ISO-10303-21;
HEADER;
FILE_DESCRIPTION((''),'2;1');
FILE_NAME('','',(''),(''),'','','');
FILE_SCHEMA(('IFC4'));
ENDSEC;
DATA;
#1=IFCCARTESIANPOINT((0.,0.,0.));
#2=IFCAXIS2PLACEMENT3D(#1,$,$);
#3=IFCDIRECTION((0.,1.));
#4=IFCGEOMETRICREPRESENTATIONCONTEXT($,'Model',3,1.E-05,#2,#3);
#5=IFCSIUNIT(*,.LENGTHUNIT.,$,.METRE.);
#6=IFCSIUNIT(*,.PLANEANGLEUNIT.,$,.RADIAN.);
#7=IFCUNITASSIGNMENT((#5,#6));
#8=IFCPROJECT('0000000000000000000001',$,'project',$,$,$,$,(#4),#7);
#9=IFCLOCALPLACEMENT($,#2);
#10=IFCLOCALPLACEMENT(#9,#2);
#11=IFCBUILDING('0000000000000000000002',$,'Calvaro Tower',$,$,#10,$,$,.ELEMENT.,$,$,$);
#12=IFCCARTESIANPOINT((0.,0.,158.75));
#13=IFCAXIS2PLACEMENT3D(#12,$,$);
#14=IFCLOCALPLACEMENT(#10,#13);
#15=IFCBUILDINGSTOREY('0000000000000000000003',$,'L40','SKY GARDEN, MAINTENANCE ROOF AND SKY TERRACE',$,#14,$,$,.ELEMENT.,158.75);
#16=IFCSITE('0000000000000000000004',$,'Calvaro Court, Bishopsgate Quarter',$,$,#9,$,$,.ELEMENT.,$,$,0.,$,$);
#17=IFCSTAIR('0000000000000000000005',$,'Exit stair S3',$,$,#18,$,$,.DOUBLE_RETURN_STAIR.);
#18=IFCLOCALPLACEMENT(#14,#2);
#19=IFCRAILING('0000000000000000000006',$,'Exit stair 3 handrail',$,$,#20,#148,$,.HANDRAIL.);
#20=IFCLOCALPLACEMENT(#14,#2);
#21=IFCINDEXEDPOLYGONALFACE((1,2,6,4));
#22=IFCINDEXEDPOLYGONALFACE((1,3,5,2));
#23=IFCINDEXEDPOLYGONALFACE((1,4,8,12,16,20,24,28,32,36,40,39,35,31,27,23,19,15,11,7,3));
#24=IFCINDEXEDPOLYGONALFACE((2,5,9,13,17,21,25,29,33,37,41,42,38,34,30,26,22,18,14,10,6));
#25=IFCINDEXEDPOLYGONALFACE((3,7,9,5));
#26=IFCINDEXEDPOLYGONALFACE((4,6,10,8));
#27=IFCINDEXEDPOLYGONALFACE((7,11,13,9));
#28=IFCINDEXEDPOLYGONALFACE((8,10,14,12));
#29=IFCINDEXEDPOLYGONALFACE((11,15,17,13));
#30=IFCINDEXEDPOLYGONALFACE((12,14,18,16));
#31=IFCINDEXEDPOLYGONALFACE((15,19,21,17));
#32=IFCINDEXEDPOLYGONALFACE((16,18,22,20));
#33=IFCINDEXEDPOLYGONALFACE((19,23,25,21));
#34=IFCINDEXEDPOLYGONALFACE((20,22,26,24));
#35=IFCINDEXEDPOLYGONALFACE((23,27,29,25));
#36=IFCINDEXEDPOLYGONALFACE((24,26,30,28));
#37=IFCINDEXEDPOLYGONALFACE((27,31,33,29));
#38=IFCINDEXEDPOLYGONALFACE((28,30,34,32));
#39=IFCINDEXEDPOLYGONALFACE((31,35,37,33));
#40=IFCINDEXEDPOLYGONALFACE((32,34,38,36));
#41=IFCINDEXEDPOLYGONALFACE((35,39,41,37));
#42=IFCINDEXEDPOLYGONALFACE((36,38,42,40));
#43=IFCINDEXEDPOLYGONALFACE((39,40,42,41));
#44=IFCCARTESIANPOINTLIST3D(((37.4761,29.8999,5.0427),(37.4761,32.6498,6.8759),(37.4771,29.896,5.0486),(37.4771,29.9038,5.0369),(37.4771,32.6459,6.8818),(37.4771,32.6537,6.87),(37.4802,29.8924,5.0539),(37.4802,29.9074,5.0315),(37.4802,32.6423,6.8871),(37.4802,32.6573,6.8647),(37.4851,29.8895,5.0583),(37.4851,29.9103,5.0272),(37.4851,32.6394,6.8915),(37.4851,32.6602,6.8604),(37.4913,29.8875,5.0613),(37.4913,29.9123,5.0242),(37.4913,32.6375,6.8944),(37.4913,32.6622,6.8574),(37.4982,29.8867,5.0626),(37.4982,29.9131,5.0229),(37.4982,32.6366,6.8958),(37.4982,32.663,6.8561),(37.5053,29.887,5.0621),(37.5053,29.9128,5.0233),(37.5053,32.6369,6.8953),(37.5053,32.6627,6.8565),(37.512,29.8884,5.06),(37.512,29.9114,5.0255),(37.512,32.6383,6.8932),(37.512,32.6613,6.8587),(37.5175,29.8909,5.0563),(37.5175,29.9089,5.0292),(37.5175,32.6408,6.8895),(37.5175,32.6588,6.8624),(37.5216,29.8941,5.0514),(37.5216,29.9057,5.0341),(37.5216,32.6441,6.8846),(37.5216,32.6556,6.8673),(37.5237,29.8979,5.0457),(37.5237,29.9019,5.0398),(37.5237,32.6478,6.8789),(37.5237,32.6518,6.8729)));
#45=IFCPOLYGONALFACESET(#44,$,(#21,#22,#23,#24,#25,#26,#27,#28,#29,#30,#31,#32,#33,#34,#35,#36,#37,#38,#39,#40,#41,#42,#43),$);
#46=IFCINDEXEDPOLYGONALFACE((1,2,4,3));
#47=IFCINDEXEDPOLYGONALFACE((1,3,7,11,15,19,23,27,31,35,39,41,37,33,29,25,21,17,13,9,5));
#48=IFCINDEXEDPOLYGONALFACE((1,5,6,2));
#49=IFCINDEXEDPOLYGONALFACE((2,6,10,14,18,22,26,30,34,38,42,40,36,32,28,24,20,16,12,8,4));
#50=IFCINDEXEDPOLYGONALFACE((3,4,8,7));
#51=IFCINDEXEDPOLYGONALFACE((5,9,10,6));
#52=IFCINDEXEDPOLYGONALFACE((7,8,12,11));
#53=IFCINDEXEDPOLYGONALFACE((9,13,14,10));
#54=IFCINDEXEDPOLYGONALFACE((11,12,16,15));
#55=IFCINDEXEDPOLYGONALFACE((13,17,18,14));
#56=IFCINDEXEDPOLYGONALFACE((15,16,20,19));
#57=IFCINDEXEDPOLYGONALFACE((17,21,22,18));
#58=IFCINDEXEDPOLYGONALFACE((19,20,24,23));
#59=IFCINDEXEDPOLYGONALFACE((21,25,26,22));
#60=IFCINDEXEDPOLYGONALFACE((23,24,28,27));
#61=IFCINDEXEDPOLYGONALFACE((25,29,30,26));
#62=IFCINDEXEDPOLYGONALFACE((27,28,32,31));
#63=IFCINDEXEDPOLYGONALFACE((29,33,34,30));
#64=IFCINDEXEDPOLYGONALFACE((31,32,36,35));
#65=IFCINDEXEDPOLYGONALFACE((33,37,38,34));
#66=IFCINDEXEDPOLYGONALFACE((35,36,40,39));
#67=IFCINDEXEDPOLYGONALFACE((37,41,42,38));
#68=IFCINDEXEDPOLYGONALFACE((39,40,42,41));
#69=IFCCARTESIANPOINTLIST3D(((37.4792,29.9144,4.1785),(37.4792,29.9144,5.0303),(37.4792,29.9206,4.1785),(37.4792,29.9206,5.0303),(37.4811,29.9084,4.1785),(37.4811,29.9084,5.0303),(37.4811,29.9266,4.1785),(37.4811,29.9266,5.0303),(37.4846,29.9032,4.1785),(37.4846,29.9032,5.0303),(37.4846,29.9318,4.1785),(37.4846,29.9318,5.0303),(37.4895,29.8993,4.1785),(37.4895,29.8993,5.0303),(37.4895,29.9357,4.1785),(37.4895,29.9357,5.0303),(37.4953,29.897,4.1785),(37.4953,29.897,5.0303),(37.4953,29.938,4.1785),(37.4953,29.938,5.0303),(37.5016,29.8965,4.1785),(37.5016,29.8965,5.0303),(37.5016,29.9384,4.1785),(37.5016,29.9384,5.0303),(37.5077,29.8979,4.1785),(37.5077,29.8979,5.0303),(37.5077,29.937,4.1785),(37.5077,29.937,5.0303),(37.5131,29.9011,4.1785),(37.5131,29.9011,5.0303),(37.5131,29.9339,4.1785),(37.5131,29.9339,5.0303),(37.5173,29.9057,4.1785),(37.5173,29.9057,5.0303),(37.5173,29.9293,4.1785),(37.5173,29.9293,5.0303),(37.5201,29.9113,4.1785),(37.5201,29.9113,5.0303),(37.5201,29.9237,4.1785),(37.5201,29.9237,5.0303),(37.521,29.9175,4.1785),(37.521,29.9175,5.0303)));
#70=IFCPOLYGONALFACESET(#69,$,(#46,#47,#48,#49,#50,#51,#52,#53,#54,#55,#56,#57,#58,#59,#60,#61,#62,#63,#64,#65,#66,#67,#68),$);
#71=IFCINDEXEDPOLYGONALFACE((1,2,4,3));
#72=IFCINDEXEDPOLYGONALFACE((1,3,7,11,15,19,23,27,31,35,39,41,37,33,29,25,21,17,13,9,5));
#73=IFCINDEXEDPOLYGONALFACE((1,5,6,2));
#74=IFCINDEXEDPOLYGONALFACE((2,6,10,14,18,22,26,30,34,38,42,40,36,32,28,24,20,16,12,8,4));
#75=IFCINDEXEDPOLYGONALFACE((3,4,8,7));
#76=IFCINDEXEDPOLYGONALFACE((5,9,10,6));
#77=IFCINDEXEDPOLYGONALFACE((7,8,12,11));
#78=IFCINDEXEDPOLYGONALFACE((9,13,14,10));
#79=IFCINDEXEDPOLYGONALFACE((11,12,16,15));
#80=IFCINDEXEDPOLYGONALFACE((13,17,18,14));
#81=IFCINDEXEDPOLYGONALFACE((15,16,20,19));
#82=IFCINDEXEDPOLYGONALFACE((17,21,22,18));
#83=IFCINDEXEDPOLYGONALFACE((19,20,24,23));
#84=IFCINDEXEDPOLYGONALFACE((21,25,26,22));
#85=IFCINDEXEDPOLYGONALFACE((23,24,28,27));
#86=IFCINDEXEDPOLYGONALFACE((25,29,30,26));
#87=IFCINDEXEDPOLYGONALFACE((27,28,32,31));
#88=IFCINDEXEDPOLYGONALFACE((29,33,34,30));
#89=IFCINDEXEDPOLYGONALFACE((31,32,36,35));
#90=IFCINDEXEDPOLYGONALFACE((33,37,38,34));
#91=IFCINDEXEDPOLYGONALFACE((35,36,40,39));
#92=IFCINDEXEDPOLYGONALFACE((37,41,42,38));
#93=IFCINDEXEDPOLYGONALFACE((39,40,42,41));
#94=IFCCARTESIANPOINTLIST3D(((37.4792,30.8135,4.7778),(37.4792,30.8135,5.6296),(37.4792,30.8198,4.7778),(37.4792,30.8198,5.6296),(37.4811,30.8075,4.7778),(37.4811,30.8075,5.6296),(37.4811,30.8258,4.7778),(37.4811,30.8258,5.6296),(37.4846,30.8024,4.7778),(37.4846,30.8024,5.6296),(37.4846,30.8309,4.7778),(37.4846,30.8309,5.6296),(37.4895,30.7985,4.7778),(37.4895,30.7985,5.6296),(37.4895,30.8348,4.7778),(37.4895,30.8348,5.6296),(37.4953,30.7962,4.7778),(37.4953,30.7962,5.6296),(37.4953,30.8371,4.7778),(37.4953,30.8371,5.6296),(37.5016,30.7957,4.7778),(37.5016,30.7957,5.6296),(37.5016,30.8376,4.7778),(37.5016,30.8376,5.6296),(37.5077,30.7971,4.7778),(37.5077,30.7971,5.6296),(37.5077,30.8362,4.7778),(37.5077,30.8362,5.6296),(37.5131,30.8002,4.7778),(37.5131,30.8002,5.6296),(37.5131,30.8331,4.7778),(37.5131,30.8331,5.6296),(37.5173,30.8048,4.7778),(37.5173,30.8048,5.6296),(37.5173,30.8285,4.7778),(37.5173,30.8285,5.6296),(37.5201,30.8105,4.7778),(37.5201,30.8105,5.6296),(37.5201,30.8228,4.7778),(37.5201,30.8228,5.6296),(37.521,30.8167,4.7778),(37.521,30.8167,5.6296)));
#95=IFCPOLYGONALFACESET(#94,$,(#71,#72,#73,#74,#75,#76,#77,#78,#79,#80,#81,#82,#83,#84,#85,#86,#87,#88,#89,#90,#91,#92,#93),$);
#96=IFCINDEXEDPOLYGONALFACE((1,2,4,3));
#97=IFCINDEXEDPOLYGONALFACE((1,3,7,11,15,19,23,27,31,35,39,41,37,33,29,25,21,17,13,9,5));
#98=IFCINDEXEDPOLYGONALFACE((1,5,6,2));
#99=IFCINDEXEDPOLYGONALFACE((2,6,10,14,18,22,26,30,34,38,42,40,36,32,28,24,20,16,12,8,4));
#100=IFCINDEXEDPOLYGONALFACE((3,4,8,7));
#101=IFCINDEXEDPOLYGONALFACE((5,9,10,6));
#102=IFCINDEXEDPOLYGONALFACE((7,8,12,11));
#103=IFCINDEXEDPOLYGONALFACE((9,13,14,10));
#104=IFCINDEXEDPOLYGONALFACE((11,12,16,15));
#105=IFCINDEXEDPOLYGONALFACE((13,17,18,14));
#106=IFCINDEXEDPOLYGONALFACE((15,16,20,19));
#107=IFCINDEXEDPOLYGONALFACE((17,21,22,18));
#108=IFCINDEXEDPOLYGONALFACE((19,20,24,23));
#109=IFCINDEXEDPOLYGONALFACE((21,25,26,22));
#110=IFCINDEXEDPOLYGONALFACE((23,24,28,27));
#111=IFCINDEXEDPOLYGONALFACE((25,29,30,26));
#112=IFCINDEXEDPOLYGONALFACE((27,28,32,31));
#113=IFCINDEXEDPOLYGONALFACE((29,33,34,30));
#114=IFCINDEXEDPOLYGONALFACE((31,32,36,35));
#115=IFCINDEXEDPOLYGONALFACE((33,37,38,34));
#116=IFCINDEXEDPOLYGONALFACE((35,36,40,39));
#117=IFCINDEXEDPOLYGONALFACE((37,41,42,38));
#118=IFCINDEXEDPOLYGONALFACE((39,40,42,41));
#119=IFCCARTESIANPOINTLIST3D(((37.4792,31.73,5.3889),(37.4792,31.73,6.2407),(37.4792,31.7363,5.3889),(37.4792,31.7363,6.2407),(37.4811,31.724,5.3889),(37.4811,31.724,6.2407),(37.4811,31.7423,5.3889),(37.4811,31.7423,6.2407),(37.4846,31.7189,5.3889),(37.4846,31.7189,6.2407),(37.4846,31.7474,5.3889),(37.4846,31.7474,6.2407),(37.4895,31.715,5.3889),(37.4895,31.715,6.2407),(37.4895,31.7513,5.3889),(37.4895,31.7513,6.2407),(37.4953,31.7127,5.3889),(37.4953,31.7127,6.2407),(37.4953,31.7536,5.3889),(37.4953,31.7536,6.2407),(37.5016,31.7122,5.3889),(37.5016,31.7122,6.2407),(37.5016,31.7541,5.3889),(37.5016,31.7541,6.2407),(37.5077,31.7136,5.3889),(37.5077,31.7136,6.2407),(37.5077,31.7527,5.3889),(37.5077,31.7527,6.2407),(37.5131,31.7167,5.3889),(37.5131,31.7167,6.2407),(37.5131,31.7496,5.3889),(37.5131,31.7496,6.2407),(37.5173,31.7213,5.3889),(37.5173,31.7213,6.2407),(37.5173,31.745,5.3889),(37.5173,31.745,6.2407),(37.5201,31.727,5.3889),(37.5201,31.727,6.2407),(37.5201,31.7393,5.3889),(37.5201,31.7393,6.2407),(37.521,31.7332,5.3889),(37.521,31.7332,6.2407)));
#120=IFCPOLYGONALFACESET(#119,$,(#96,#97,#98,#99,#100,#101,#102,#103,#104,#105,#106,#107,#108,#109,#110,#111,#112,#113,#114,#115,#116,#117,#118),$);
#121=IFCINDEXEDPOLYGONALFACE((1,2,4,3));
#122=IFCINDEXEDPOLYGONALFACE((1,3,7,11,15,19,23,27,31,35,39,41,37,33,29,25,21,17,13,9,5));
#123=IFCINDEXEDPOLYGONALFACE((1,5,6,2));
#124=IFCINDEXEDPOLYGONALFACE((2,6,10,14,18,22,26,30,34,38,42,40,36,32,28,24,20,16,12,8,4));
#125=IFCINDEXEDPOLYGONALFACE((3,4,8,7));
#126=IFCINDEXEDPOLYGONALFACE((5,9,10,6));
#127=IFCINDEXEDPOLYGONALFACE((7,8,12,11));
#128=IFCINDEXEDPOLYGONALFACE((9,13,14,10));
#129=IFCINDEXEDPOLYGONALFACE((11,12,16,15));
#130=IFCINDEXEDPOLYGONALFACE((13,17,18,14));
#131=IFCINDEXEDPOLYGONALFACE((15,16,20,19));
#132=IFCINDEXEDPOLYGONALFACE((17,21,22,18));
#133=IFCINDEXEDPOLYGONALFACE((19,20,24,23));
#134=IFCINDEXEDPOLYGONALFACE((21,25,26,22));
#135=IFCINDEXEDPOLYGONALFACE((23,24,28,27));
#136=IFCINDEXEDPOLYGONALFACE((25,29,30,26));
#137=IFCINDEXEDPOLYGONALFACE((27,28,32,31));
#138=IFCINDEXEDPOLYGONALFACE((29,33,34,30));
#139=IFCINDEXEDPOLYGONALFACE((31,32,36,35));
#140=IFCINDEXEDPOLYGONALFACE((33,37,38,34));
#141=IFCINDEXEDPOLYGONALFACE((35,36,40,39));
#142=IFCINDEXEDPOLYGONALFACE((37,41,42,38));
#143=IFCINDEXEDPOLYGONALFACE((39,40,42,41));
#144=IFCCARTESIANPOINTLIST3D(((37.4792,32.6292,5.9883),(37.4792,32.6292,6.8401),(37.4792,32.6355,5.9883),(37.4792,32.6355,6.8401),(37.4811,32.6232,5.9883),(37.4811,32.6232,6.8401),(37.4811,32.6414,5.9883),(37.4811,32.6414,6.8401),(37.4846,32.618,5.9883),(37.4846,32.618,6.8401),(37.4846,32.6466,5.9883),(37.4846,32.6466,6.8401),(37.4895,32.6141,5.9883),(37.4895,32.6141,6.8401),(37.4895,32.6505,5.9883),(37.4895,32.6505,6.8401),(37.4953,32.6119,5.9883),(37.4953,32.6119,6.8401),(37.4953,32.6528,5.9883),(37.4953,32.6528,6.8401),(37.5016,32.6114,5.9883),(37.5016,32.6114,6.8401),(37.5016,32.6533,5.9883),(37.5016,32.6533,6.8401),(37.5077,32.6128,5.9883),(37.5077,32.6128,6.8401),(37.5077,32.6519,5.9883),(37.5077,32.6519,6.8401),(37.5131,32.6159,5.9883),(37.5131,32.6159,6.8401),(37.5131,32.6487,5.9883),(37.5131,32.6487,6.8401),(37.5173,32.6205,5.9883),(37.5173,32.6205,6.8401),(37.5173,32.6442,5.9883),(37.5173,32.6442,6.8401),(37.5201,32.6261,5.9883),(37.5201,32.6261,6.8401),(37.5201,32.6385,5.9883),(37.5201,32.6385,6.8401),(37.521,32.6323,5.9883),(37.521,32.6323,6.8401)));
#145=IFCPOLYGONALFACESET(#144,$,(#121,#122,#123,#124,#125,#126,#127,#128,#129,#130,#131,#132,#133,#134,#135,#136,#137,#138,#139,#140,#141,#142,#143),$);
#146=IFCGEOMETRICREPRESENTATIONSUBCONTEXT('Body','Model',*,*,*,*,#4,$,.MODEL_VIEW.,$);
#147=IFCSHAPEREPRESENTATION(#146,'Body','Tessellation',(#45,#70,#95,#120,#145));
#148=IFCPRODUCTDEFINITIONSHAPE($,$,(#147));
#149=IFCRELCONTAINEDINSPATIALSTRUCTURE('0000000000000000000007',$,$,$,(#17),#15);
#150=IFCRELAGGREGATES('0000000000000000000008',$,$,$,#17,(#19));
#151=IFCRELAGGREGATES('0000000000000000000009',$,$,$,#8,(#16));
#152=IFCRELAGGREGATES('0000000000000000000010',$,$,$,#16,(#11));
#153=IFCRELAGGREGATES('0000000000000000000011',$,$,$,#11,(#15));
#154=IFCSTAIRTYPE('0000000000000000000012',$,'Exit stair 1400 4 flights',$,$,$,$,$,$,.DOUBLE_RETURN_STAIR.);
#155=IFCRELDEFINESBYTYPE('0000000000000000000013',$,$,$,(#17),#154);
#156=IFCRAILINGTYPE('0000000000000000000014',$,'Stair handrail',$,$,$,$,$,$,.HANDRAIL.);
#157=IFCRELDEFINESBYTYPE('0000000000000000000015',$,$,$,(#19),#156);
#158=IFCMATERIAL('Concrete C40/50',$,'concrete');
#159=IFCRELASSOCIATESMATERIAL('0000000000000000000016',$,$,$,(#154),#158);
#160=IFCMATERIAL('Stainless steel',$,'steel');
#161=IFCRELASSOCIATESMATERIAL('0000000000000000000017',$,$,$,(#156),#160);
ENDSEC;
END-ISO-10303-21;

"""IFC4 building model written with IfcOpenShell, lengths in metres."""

from ifc_helpers import new_model, si_unit, direction, frame, origin, origin_2d, place, context, subcontext, project, spatial, circle, extrude, material, type_object, element, aggregate, save


model = new_model("IFC4")

# Units and contexts
model_context = context("Model", 3, precision=1e-05, world=origin(), true_north=direction((0.0, 1.0)))
body_context = subcontext(model_context, "Body", "Model", "MODEL_VIEW")
ifc_project = project(units=[si_unit("LENGTHUNIT", "METRE"), si_unit("PLANEANGLEUNIT", "RADIAN")], contexts=[model_context])

# Site, building, storey
site_placement = place(None, origin())
site = spatial("IfcSite", under=ifc_project, at=site_placement, Name="Calvaro Court, Bishopsgate Quarter", CompositionType="ELEMENT", RefElevation=0.0)
building_placement = place(site_placement, origin())
building = spatial("IfcBuilding", under=site, at=building_placement, Name="Calvaro Tower", CompositionType="ELEMENT")
storey_placement = place(building_placement, frame((0.0, 0.0, 158.75)))
storey = spatial("IfcBuildingStorey", under=building, at=storey_placement, Name="L40", Description="SKY GARDEN, MAINTENANCE ROOF AND SKY TERRACE", CompositionType="ELEMENT", Elevation=158.75)

# Stair, railing
ifc_material_1 = material(Name="Concrete C40/50", Category="concrete")
stair_type = type_object("IfcStairType", Name="Exit stair 1400 4 flights", PredefinedType="DOUBLE_RETURN_STAIR", material=ifc_material_1)
stair_placement = place(storey_placement, origin())
stair = element("IfcStair", 1, at=stair_placement, inside=storey, type_object=stair_type, Name="Exit stair S3", PredefinedType="DOUBLE_RETURN_STAIR")
ifc_material_2 = material(Name="Stainless steel", Category="steel")
railing_type = type_object("IfcRailingType", Name="Stair handrail", PredefinedType="HANDRAIL", material=ifc_material_2)
railing_1_placement = place(storey_placement, frame((37.5, 29.8999, 4.1667)))
railing_1 = element("IfcRailing", 2, at=railing_1_placement, type_object=railing_type, Name="Exit stair 3 handrail", PredefinedType="HANDRAIL", context=body_context, shape_type="SweptSolid", body=[
    extrude(circle(Radius=0.0239, at=origin_2d()), frame((0.0, 0.0, 0.876), z_axis=(0.0, 0.832062, 0.554683), x_axis=(-1.0, 0.0, 0.0)), (0.0, 0.0, 1.0), 3.3049),
    extrude(circle(Radius=0.021, at=origin_2d()), frame((0.0, 0.0176, 0.0117)), (0.0, 0.0, 1.0), 0.8518),
    extrude(circle(Radius=0.021, at=origin_2d()), frame((0.0, 0.9167, 0.6111)), (0.0, 0.0, 1.0), 0.8518),
    extrude(circle(Radius=0.021, at=origin_2d()), frame((0.0, 1.8333, 1.2222)), (0.0, 0.0, 1.0), 0.8518),
    extrude(circle(Radius=0.021, at=origin_2d()), frame((0.0, 2.7324, 1.8215)), (0.0, 0.0, 1.0), 0.8518),
])
aggregate(stair, [railing_1])

save(model, "model.ifc")
